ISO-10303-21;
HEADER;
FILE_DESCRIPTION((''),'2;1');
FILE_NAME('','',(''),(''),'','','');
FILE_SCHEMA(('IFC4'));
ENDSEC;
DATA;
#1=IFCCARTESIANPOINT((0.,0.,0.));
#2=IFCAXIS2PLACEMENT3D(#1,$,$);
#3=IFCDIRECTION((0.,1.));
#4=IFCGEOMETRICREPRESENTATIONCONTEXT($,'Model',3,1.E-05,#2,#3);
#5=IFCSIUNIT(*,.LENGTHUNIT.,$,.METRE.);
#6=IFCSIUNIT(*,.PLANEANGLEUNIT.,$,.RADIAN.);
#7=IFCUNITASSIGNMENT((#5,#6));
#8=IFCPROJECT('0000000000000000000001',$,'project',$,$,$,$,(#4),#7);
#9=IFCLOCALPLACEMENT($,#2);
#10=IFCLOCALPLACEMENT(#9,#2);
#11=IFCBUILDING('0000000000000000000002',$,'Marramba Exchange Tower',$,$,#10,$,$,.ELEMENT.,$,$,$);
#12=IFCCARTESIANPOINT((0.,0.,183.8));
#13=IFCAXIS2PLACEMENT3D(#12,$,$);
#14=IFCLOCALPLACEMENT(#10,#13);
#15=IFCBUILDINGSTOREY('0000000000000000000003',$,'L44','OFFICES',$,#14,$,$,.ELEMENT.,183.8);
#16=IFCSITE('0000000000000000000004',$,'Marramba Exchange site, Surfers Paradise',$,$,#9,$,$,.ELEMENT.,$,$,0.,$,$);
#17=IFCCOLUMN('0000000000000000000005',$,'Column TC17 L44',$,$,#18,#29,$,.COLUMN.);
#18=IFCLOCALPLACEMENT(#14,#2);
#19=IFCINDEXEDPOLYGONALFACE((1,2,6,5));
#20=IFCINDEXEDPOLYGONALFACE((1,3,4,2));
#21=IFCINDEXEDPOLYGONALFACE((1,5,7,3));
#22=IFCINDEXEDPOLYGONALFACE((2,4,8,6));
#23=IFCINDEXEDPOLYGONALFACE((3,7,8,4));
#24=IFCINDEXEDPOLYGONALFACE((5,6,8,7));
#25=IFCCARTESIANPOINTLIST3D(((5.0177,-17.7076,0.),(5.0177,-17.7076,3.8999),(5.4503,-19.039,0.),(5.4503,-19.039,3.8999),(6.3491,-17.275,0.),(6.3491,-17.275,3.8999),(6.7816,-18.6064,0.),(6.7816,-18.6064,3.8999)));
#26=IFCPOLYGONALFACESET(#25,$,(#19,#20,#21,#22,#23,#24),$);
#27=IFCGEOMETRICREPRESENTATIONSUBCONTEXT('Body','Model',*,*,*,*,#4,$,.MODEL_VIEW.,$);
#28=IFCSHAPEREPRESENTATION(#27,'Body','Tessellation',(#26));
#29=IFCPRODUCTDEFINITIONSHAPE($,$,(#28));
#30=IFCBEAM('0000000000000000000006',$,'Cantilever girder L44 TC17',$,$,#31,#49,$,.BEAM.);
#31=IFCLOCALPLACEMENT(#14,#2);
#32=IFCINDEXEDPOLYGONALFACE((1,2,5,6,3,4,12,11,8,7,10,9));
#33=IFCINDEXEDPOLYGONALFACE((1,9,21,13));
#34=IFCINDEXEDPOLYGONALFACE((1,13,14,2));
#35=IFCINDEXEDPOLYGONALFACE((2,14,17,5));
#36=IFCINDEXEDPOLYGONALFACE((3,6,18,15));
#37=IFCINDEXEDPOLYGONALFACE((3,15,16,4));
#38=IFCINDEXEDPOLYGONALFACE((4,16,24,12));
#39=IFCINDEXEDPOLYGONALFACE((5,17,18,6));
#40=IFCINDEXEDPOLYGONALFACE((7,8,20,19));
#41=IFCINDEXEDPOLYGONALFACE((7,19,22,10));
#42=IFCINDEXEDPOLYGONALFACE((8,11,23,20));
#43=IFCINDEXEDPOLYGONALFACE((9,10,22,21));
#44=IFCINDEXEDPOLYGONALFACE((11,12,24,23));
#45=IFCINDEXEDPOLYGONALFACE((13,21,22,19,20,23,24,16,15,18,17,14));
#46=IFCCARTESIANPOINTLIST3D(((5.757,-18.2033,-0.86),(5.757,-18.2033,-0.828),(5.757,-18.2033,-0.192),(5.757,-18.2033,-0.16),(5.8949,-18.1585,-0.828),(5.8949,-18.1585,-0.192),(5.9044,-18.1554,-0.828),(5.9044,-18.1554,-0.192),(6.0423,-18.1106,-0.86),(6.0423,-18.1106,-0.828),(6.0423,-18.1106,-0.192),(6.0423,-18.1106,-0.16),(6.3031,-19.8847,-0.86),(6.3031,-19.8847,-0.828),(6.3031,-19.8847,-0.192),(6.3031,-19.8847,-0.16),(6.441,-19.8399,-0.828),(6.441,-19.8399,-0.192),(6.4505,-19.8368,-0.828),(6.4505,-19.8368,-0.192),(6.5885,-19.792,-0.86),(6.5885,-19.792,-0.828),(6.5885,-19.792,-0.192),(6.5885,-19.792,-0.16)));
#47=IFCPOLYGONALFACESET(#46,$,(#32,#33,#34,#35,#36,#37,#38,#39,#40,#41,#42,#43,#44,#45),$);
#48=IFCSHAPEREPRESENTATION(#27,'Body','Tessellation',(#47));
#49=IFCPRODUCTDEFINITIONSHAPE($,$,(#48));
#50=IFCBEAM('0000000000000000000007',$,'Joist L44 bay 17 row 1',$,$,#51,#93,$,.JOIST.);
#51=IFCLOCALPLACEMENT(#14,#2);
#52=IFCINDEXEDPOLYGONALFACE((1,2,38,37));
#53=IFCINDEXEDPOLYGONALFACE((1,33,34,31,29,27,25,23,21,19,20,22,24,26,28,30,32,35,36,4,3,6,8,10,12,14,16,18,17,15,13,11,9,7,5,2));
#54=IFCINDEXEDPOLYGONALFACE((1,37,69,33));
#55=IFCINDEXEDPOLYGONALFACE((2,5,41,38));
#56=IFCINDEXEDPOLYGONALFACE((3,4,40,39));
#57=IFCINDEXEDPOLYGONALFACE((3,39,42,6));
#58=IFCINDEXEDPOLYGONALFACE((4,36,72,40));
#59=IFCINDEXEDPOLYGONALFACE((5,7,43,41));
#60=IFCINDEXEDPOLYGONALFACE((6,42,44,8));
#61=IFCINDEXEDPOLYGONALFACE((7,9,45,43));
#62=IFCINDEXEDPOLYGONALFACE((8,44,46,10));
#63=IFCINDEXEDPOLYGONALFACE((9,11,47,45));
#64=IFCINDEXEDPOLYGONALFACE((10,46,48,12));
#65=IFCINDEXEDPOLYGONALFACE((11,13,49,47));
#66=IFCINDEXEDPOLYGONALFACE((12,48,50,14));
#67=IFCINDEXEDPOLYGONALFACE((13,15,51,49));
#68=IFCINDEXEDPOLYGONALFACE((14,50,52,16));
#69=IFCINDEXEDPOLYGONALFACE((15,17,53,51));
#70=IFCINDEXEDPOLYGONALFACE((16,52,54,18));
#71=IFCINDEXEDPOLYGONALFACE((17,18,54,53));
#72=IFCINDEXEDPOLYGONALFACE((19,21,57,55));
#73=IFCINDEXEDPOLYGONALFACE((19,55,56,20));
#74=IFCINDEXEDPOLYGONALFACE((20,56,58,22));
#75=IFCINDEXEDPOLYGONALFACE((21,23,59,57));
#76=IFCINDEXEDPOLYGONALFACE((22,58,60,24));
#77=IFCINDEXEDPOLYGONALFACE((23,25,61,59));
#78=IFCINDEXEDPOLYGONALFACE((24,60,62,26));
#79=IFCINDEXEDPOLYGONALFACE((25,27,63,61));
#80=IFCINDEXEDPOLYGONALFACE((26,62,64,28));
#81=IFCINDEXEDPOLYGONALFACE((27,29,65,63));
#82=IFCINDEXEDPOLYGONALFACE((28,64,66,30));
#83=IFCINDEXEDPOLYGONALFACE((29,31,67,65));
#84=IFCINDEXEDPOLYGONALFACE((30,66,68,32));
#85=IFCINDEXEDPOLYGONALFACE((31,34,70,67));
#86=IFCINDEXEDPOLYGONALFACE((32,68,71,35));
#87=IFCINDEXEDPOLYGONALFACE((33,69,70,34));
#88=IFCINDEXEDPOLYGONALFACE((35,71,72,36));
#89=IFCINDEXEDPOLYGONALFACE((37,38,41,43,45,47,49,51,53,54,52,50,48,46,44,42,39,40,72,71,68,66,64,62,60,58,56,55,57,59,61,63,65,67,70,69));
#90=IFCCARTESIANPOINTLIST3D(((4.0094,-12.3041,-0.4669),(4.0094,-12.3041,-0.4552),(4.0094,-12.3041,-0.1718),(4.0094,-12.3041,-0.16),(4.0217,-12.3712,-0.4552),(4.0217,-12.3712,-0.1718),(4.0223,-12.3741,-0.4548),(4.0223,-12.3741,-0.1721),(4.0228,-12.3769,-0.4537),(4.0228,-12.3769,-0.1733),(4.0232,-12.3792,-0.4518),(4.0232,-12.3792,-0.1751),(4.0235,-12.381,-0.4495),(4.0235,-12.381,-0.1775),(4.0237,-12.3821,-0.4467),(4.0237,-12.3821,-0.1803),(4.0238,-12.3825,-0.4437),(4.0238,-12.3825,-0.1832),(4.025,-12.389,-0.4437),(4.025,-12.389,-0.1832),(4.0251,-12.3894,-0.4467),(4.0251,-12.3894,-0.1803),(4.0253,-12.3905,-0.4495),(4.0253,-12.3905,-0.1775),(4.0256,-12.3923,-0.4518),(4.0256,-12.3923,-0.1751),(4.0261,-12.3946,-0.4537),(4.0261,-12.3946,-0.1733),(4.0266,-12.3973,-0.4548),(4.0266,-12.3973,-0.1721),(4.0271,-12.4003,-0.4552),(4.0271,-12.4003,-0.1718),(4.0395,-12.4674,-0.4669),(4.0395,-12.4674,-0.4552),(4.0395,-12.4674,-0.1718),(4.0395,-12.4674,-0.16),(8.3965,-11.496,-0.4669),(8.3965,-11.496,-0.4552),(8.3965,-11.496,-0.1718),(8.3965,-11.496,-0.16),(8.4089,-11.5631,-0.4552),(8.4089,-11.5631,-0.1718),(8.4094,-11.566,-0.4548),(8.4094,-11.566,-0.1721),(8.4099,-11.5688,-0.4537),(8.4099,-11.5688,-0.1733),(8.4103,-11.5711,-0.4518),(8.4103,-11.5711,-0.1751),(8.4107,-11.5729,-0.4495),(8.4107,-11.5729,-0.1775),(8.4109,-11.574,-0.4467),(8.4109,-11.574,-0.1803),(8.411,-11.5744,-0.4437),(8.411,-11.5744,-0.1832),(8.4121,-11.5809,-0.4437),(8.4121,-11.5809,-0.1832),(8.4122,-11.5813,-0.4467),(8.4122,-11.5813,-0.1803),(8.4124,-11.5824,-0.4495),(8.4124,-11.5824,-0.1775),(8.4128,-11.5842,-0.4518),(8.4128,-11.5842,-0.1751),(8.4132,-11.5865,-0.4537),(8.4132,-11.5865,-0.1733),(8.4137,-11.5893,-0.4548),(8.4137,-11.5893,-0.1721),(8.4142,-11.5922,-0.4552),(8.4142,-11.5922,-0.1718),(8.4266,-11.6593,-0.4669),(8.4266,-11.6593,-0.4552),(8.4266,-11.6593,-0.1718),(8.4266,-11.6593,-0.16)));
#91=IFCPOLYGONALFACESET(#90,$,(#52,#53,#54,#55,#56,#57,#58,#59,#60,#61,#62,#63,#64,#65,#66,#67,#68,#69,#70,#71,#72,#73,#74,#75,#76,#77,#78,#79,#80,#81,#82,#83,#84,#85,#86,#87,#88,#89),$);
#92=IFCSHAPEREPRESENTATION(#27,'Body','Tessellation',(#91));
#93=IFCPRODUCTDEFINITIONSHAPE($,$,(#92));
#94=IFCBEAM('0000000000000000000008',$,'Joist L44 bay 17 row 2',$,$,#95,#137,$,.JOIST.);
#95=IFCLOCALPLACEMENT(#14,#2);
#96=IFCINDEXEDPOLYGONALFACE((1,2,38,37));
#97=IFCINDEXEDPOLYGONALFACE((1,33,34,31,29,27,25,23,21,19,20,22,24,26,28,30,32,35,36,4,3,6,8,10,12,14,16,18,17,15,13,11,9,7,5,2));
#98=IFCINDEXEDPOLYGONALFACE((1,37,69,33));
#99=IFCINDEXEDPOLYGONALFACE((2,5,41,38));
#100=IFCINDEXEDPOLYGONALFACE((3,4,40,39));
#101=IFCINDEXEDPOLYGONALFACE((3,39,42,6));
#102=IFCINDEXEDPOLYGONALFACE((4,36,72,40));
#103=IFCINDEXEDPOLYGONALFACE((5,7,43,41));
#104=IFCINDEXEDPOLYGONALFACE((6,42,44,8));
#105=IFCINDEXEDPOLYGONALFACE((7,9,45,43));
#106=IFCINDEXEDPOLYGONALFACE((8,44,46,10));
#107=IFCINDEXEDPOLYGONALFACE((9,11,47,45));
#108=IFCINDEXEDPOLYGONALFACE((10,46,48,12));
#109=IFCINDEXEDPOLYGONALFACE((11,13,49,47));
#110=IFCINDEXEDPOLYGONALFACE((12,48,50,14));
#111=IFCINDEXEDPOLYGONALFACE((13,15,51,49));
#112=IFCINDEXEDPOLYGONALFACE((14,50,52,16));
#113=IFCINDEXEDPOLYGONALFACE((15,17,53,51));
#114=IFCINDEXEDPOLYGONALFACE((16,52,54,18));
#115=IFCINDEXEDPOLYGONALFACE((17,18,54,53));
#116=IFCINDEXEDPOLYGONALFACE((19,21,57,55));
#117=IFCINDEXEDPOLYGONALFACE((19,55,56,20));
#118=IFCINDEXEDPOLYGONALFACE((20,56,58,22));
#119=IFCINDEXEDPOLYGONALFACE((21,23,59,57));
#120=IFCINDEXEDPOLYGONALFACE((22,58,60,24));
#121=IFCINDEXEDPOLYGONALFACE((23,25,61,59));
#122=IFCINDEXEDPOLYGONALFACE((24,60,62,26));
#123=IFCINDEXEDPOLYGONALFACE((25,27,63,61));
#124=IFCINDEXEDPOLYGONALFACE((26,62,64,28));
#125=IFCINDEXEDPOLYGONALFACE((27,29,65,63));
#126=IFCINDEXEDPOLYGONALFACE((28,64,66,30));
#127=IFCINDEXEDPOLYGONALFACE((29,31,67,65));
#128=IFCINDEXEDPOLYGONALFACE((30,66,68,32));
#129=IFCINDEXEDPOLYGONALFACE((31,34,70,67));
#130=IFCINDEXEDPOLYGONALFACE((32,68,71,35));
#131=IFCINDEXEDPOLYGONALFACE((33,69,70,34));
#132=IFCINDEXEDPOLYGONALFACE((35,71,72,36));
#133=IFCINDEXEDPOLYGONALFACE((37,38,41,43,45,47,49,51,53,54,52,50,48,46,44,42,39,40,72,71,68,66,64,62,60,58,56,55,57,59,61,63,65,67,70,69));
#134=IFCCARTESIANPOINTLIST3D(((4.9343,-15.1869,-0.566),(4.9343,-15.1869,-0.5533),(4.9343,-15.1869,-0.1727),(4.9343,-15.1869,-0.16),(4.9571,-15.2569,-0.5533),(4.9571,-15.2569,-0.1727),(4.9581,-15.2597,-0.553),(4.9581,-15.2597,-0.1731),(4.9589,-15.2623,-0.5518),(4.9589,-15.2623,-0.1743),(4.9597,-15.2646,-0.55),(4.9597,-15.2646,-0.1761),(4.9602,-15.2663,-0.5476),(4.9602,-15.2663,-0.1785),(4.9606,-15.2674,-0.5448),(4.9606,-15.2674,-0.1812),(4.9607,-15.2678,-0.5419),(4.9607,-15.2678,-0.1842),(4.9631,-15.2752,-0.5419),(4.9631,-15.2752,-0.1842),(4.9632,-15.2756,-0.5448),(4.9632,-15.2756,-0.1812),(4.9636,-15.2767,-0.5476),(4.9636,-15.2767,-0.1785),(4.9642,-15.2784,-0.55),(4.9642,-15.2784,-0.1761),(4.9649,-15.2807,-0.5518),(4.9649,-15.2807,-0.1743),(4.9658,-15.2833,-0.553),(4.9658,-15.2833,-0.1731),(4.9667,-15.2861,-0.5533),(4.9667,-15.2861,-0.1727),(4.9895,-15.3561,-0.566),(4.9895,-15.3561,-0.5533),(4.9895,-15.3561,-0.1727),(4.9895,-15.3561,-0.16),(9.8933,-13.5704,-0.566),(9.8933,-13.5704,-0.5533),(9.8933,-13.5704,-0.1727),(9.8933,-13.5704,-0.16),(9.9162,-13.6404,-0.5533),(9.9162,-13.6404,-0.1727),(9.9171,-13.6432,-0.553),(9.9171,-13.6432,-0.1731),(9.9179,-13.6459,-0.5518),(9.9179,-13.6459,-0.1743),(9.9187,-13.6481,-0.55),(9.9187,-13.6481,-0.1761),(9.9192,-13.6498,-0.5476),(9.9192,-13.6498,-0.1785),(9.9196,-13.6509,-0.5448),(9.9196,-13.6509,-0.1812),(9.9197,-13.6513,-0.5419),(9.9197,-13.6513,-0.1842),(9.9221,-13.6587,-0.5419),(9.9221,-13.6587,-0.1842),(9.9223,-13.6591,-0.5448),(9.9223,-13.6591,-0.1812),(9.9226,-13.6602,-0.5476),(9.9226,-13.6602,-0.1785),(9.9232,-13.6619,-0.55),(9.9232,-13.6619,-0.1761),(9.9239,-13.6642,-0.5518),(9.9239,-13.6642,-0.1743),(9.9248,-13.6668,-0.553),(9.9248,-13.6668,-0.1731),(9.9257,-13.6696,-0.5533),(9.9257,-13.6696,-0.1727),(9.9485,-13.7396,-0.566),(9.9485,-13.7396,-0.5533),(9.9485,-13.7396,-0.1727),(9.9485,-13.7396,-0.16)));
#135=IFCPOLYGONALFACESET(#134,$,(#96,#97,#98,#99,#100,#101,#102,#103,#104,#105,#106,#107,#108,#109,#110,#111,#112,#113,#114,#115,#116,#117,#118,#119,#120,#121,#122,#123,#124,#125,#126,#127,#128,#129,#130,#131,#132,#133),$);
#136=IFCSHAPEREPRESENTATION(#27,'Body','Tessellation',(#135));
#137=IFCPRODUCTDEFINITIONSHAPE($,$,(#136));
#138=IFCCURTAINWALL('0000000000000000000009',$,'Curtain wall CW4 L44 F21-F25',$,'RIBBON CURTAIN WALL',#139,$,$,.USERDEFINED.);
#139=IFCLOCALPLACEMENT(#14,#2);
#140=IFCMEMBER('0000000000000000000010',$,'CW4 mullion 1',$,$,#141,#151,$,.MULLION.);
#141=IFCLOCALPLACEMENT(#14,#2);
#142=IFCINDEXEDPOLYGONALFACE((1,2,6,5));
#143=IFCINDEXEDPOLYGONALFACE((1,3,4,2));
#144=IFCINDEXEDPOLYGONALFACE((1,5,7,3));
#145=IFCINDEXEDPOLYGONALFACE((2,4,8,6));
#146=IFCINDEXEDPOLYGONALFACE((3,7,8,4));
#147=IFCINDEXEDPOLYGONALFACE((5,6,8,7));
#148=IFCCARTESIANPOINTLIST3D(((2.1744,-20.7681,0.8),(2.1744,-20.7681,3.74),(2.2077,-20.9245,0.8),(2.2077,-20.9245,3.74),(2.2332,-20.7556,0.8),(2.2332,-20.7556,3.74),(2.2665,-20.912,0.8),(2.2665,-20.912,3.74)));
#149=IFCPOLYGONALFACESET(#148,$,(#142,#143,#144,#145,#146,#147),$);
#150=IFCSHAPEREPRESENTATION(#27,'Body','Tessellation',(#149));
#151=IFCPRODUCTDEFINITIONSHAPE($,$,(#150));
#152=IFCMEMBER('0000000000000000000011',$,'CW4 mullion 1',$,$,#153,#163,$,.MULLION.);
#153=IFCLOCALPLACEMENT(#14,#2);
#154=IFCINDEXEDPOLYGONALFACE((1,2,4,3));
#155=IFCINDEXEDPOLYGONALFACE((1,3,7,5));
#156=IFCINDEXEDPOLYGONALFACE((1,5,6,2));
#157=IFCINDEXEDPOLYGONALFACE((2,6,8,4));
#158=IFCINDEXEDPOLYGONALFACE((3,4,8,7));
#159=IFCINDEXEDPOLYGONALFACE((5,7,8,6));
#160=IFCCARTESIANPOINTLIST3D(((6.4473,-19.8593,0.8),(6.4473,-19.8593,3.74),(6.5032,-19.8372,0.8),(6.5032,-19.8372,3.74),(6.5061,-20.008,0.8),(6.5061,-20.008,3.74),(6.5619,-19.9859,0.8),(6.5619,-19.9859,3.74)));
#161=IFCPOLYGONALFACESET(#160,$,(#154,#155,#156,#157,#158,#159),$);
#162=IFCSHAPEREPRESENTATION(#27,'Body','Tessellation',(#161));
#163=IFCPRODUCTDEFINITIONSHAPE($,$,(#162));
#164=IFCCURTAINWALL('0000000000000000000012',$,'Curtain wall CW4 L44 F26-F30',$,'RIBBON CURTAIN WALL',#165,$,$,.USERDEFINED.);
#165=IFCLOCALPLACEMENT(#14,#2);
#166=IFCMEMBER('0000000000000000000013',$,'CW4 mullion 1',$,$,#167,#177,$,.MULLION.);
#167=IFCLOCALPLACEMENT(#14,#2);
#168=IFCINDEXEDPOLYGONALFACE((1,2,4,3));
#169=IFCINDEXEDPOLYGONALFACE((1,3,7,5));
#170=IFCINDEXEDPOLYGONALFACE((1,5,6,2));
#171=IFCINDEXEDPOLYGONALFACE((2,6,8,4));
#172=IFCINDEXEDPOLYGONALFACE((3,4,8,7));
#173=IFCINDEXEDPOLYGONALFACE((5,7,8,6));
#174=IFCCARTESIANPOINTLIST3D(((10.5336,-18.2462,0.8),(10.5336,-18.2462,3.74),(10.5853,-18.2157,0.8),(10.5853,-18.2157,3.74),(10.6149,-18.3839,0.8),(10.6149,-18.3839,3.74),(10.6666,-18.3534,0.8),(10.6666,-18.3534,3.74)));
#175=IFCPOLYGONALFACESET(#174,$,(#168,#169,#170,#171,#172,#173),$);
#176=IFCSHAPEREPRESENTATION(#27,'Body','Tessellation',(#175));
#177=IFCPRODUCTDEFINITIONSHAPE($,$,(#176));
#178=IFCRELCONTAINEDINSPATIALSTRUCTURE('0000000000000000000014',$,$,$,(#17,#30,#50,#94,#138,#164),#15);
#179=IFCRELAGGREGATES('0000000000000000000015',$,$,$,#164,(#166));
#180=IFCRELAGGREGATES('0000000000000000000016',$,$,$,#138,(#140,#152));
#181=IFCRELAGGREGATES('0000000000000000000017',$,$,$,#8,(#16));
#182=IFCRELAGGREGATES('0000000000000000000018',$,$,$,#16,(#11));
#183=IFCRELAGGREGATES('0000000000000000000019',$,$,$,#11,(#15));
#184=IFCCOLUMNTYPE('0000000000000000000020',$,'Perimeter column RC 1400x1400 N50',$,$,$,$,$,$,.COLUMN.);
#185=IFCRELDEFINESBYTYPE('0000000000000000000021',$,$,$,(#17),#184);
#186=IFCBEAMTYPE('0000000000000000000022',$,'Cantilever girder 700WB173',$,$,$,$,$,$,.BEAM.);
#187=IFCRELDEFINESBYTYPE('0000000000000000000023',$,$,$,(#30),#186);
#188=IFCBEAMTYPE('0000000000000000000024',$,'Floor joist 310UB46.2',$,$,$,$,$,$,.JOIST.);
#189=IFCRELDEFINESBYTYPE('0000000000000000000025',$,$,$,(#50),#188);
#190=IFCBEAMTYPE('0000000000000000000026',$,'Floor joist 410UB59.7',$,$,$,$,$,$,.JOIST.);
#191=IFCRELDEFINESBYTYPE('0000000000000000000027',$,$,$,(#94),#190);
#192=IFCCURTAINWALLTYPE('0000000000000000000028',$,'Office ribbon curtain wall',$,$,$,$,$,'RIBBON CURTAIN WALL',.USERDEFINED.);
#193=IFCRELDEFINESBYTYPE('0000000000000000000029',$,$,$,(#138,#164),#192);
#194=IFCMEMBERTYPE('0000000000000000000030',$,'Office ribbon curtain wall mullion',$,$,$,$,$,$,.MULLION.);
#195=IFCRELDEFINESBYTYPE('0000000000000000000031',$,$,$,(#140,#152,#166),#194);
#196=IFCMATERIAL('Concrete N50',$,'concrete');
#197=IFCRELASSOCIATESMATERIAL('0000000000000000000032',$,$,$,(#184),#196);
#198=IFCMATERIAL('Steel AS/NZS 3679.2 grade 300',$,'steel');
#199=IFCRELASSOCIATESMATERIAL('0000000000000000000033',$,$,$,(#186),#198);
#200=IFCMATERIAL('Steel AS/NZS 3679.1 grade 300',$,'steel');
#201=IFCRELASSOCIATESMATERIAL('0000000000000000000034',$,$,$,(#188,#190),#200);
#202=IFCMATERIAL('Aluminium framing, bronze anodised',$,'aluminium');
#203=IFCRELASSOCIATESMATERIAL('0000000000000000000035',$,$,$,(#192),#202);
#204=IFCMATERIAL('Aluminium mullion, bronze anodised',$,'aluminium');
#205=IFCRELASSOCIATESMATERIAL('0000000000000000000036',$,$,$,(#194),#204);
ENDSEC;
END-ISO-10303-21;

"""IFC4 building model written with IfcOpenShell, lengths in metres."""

from ifc_helpers import new_model, si_unit, direction, frame, origin, origin_2d, place, context, subcontext, project, spatial, rectangle, i_section, extrude, material, material_profile, profile_set, type_object, element, aggregate, save


model = new_model("IFC4")

# Units and contexts
model_context = context("Model", 3, precision=1e-05, world=origin(), true_north=direction((0.0, 1.0)))
body_context = subcontext(model_context, "Body", "Model", "MODEL_VIEW")
ifc_project = project(units=[si_unit("LENGTHUNIT", "METRE"), si_unit("PLANEANGLEUNIT", "RADIAN")], contexts=[model_context])

# Site, building, storey
site_placement = place(None, origin())
site = spatial("IfcSite", under=ifc_project, at=site_placement, Name="Marramba Exchange site, Surfers Paradise", CompositionType="ELEMENT", RefElevation=0.0)
building_placement = place(site_placement, origin())
building = spatial("IfcBuilding", under=site, at=building_placement, Name="Marramba Exchange Tower", CompositionType="ELEMENT")
storey_placement = place(building_placement, frame((0.0, 0.0, 183.8)))
storey = spatial("IfcBuildingStorey", under=building, at=storey_placement, Name="L44", Description="OFFICES", CompositionType="ELEMENT", Elevation=183.8)

# Column
ifc_material_1 = material(Name="Concrete N50", Category="concrete")
ifc_material_profile_1 = material_profile(ifc_material_1, rectangle(XDim=1.3999, YDim=1.3999, at=origin_2d()), Name="RC 1400x1400")
ifc_profile_set_1 = profile_set([ifc_material_profile_1], Name="Concrete N50")
column_type = type_object("IfcColumnType", Name="Perimeter column RC 1400x1400 N50", PredefinedType="COLUMN", material=ifc_profile_set_1)
column_placement = place(storey_placement, frame((5.8997, -18.157, 0.0), z_axis=(0.0, 0.0, 1.0), x_axis=(0.309017, -0.951057, 0.0)))
element("IfcColumn", 1, at=column_placement, inside=storey, type_object=column_type, Name="Column TC17 L44", PredefinedType="COLUMN", context=body_context, shape_type="SweptSolid", body=[
    extrude(rectangle(XDim=1.3999, YDim=1.3999, at=origin_2d()), origin(), (0.0, 0.0, 1.0), 3.8999),
])

# Beams
ifc_material_2 = material(Name="Steel AS/NZS 3679.2 grade 300", Category="steel")
ifc_material_profile_2 = material_profile(ifc_material_2, i_section(OverallWidth=0.3, OverallDepth=0.7, WebThickness=0.01, FlangeThickness=0.032, at=origin_2d()), Name="700WB173")
ifc_profile_set_2 = profile_set([ifc_material_profile_2], Name="Steel AS/NZS 3679.2 grade 300")
beam_type_1 = type_object("IfcBeamType", Name="Cantilever girder 700WB173", PredefinedType="BEAM", material=ifc_profile_set_2)
beam_1_placement = place(storey_placement, frame((5.8997, -18.157, -0.51), z_axis=(0.308927, -0.951086, 0.0), x_axis=(0.951086, 0.308927, 0.0)))
element("IfcBeam", 2, at=beam_1_placement, inside=storey, type_object=beam_type_1, Name="Cantilever girder L44 TC17", PredefinedType="BEAM", context=body_context, shape_type="SweptSolid", body=[
    extrude(i_section(OverallWidth=0.3, OverallDepth=0.7, WebThickness=0.01, FlangeThickness=0.032, at=origin_2d()), origin(), (0.0, 0.0, 1.0), 1.7678),
])
ifc_material_3 = material(Name="Steel AS/NZS 3679.1 grade 300", Category="steel")
ifc_material_profile_3 = material_profile(ifc_material_3, i_section(OverallWidth=0.166, OverallDepth=0.3069, WebThickness=0.0066, FlangeThickness=0.0117, FilletRadius=0.0115, at=origin_2d()), Name="310UB46.2")
ifc_profile_set_3 = profile_set([ifc_material_profile_3], Name="Steel AS/NZS 3679.1 grade 300")
beam_type_2 = type_object("IfcBeamType", Name="Floor joist 310UB46.2", PredefinedType="JOIST", material=ifc_profile_set_3)
beam_2_placement = place(storey_placement, frame((4.0244, -12.3857, -0.3135), z_axis=(0.983456, 0.181149, 0.0), x_axis=(-0.181149, 0.983456, 0.0)))
element("IfcBeam", 3, at=beam_2_placement, inside=storey, type_object=beam_type_2, Name="Joist L44 bay 17 row 1", PredefinedType="JOIST", context=body_context, shape_type="SweptSolid", body=[
    extrude(i_section(OverallWidth=0.166, OverallDepth=0.3069, WebThickness=0.0066, FlangeThickness=0.0117, FilletRadius=0.0115, at=origin_2d()), origin(), (0.0, 0.0, 1.0), 4.4609),
])
ifc_material_profile_4 = material_profile(ifc_material_3, i_section(OverallWidth=0.178, OverallDepth=0.406, WebThickness=0.0078, FlangeThickness=0.0127, FilletRadius=0.0115, at=origin_2d()), Name="410UB59.7")
ifc_profile_set_4 = profile_set([ifc_material_profile_4], Name="Steel AS/NZS 3679.1 grade 300")
beam_type_3 = type_object("IfcBeamType", Name="Floor joist 410UB59.7", PredefinedType="JOIST", material=ifc_profile_set_4)
beam_3_placement = place(storey_placement, frame((4.9619, -15.2715, -0.363), z_axis=(0.950764, 0.309916, 0.0), x_axis=(-0.309916, 0.950764, 0.0)))
element("IfcBeam", 4, at=beam_3_placement, inside=storey, type_object=beam_type_3, Name="Joist L44 bay 17 row 2", PredefinedType="JOIST", context=body_context, shape_type="SweptSolid", body=[
    extrude(i_section(OverallWidth=0.178, OverallDepth=0.406, WebThickness=0.0078, FlangeThickness=0.0127, FilletRadius=0.0115, at=origin_2d()), origin(), (0.0, 0.0, 1.0), 5.2158),
])

# Curtain wall, members
ifc_material_4 = material(Name="Aluminium framing, bronze anodised", Category="aluminium")
curtain_wall_type = type_object("IfcCurtainWallType", Name="Office ribbon curtain wall", ElementType="RIBBON CURTAIN WALL", PredefinedType="USERDEFINED", material=ifc_material_4)
curtain_wall_1_placement = place(storey_placement, origin())
curtain_wall_1 = element("IfcCurtainWall", 5, at=curtain_wall_1_placement, inside=storey, type_object=curtain_wall_type, Name="Curtain wall CW4 L44 F21-F25", ObjectType="RIBBON CURTAIN WALL", PredefinedType="USERDEFINED")
ifc_material_5 = material(Name="Aluminium mullion, bronze anodised", Category="aluminium")
ifc_material_profile_5 = material_profile(ifc_material_5, rectangle(XDim=0.1599, YDim=0.0601, at=origin_2d()), Name="CW4 mullion 60x160")
ifc_profile_set_5 = profile_set([ifc_material_profile_5], Name="Aluminium mullion, bronze anodised")
member_type_1 = type_object("IfcMemberType", Name="Office ribbon curtain wall mullion", PredefinedType="MULLION", material=ifc_profile_set_5)
member_1_placement = place(storey_placement, frame((2.2205, -20.8401, 0.8), z_axis=(0.0, 0.0, 1.0), x_axis=(-0.208332, 0.978058, 0.0)))
member_1 = element("IfcMember", 6, at=member_1_placement, type_object=member_type_1, Name="CW4 mullion 1", PredefinedType="MULLION", context=body_context, shape_type="SweptSolid", body=[
    extrude(rectangle(XDim=0.1599, YDim=0.0601, at=origin_2d()), origin(), (0.0, 0.0, 1.0), 2.9399),
])
member_2_placement = place(storey_placement, frame((6.5046, -19.9226, 0.8), z_axis=(0.0, 0.0, 1.0), x_axis=(-0.367375, 0.930073, 0.0)))
member_2 = element("IfcMember", 7, at=member_2_placement, type_object=member_type_1, Name="CW4 mullion 1", PredefinedType="MULLION", context=body_context, shape_type="SweptSolid", body=[
    extrude(rectangle(XDim=0.1599, YDim=0.0601, at=origin_2d()), origin(), (0.0, 0.0, 1.0), 2.9399),
])

# Curtain wall, member
curtain_wall_2_placement = place(storey_placement, origin())
curtain_wall_2 = element("IfcCurtainWall", 8, at=curtain_wall_2_placement, inside=storey, type_object=curtain_wall_type, Name="Curtain wall CW4 L44 F26-F30", ObjectType="RIBBON CURTAIN WALL", PredefinedType="USERDEFINED")
member_3_placement = place(storey_placement, frame((10.6001, -18.2998, 0.8), z_axis=(0.0, 0.0, 1.0), x_axis=(-0.508011, 0.861351, 0.0)))
member_3 = element("IfcMember", 9, at=member_3_placement, type_object=member_type_1, Name="CW4 mullion 1", PredefinedType="MULLION", context=body_context, shape_type="SweptSolid", body=[
    extrude(rectangle(XDim=0.1599, YDim=0.0601, at=origin_2d()), origin(), (0.0, 0.0, 1.0), 2.9399),
])
aggregate(curtain_wall_2, [member_3])

aggregate(curtain_wall_1, [member_1, member_2])

save(model, "model.ifc")
